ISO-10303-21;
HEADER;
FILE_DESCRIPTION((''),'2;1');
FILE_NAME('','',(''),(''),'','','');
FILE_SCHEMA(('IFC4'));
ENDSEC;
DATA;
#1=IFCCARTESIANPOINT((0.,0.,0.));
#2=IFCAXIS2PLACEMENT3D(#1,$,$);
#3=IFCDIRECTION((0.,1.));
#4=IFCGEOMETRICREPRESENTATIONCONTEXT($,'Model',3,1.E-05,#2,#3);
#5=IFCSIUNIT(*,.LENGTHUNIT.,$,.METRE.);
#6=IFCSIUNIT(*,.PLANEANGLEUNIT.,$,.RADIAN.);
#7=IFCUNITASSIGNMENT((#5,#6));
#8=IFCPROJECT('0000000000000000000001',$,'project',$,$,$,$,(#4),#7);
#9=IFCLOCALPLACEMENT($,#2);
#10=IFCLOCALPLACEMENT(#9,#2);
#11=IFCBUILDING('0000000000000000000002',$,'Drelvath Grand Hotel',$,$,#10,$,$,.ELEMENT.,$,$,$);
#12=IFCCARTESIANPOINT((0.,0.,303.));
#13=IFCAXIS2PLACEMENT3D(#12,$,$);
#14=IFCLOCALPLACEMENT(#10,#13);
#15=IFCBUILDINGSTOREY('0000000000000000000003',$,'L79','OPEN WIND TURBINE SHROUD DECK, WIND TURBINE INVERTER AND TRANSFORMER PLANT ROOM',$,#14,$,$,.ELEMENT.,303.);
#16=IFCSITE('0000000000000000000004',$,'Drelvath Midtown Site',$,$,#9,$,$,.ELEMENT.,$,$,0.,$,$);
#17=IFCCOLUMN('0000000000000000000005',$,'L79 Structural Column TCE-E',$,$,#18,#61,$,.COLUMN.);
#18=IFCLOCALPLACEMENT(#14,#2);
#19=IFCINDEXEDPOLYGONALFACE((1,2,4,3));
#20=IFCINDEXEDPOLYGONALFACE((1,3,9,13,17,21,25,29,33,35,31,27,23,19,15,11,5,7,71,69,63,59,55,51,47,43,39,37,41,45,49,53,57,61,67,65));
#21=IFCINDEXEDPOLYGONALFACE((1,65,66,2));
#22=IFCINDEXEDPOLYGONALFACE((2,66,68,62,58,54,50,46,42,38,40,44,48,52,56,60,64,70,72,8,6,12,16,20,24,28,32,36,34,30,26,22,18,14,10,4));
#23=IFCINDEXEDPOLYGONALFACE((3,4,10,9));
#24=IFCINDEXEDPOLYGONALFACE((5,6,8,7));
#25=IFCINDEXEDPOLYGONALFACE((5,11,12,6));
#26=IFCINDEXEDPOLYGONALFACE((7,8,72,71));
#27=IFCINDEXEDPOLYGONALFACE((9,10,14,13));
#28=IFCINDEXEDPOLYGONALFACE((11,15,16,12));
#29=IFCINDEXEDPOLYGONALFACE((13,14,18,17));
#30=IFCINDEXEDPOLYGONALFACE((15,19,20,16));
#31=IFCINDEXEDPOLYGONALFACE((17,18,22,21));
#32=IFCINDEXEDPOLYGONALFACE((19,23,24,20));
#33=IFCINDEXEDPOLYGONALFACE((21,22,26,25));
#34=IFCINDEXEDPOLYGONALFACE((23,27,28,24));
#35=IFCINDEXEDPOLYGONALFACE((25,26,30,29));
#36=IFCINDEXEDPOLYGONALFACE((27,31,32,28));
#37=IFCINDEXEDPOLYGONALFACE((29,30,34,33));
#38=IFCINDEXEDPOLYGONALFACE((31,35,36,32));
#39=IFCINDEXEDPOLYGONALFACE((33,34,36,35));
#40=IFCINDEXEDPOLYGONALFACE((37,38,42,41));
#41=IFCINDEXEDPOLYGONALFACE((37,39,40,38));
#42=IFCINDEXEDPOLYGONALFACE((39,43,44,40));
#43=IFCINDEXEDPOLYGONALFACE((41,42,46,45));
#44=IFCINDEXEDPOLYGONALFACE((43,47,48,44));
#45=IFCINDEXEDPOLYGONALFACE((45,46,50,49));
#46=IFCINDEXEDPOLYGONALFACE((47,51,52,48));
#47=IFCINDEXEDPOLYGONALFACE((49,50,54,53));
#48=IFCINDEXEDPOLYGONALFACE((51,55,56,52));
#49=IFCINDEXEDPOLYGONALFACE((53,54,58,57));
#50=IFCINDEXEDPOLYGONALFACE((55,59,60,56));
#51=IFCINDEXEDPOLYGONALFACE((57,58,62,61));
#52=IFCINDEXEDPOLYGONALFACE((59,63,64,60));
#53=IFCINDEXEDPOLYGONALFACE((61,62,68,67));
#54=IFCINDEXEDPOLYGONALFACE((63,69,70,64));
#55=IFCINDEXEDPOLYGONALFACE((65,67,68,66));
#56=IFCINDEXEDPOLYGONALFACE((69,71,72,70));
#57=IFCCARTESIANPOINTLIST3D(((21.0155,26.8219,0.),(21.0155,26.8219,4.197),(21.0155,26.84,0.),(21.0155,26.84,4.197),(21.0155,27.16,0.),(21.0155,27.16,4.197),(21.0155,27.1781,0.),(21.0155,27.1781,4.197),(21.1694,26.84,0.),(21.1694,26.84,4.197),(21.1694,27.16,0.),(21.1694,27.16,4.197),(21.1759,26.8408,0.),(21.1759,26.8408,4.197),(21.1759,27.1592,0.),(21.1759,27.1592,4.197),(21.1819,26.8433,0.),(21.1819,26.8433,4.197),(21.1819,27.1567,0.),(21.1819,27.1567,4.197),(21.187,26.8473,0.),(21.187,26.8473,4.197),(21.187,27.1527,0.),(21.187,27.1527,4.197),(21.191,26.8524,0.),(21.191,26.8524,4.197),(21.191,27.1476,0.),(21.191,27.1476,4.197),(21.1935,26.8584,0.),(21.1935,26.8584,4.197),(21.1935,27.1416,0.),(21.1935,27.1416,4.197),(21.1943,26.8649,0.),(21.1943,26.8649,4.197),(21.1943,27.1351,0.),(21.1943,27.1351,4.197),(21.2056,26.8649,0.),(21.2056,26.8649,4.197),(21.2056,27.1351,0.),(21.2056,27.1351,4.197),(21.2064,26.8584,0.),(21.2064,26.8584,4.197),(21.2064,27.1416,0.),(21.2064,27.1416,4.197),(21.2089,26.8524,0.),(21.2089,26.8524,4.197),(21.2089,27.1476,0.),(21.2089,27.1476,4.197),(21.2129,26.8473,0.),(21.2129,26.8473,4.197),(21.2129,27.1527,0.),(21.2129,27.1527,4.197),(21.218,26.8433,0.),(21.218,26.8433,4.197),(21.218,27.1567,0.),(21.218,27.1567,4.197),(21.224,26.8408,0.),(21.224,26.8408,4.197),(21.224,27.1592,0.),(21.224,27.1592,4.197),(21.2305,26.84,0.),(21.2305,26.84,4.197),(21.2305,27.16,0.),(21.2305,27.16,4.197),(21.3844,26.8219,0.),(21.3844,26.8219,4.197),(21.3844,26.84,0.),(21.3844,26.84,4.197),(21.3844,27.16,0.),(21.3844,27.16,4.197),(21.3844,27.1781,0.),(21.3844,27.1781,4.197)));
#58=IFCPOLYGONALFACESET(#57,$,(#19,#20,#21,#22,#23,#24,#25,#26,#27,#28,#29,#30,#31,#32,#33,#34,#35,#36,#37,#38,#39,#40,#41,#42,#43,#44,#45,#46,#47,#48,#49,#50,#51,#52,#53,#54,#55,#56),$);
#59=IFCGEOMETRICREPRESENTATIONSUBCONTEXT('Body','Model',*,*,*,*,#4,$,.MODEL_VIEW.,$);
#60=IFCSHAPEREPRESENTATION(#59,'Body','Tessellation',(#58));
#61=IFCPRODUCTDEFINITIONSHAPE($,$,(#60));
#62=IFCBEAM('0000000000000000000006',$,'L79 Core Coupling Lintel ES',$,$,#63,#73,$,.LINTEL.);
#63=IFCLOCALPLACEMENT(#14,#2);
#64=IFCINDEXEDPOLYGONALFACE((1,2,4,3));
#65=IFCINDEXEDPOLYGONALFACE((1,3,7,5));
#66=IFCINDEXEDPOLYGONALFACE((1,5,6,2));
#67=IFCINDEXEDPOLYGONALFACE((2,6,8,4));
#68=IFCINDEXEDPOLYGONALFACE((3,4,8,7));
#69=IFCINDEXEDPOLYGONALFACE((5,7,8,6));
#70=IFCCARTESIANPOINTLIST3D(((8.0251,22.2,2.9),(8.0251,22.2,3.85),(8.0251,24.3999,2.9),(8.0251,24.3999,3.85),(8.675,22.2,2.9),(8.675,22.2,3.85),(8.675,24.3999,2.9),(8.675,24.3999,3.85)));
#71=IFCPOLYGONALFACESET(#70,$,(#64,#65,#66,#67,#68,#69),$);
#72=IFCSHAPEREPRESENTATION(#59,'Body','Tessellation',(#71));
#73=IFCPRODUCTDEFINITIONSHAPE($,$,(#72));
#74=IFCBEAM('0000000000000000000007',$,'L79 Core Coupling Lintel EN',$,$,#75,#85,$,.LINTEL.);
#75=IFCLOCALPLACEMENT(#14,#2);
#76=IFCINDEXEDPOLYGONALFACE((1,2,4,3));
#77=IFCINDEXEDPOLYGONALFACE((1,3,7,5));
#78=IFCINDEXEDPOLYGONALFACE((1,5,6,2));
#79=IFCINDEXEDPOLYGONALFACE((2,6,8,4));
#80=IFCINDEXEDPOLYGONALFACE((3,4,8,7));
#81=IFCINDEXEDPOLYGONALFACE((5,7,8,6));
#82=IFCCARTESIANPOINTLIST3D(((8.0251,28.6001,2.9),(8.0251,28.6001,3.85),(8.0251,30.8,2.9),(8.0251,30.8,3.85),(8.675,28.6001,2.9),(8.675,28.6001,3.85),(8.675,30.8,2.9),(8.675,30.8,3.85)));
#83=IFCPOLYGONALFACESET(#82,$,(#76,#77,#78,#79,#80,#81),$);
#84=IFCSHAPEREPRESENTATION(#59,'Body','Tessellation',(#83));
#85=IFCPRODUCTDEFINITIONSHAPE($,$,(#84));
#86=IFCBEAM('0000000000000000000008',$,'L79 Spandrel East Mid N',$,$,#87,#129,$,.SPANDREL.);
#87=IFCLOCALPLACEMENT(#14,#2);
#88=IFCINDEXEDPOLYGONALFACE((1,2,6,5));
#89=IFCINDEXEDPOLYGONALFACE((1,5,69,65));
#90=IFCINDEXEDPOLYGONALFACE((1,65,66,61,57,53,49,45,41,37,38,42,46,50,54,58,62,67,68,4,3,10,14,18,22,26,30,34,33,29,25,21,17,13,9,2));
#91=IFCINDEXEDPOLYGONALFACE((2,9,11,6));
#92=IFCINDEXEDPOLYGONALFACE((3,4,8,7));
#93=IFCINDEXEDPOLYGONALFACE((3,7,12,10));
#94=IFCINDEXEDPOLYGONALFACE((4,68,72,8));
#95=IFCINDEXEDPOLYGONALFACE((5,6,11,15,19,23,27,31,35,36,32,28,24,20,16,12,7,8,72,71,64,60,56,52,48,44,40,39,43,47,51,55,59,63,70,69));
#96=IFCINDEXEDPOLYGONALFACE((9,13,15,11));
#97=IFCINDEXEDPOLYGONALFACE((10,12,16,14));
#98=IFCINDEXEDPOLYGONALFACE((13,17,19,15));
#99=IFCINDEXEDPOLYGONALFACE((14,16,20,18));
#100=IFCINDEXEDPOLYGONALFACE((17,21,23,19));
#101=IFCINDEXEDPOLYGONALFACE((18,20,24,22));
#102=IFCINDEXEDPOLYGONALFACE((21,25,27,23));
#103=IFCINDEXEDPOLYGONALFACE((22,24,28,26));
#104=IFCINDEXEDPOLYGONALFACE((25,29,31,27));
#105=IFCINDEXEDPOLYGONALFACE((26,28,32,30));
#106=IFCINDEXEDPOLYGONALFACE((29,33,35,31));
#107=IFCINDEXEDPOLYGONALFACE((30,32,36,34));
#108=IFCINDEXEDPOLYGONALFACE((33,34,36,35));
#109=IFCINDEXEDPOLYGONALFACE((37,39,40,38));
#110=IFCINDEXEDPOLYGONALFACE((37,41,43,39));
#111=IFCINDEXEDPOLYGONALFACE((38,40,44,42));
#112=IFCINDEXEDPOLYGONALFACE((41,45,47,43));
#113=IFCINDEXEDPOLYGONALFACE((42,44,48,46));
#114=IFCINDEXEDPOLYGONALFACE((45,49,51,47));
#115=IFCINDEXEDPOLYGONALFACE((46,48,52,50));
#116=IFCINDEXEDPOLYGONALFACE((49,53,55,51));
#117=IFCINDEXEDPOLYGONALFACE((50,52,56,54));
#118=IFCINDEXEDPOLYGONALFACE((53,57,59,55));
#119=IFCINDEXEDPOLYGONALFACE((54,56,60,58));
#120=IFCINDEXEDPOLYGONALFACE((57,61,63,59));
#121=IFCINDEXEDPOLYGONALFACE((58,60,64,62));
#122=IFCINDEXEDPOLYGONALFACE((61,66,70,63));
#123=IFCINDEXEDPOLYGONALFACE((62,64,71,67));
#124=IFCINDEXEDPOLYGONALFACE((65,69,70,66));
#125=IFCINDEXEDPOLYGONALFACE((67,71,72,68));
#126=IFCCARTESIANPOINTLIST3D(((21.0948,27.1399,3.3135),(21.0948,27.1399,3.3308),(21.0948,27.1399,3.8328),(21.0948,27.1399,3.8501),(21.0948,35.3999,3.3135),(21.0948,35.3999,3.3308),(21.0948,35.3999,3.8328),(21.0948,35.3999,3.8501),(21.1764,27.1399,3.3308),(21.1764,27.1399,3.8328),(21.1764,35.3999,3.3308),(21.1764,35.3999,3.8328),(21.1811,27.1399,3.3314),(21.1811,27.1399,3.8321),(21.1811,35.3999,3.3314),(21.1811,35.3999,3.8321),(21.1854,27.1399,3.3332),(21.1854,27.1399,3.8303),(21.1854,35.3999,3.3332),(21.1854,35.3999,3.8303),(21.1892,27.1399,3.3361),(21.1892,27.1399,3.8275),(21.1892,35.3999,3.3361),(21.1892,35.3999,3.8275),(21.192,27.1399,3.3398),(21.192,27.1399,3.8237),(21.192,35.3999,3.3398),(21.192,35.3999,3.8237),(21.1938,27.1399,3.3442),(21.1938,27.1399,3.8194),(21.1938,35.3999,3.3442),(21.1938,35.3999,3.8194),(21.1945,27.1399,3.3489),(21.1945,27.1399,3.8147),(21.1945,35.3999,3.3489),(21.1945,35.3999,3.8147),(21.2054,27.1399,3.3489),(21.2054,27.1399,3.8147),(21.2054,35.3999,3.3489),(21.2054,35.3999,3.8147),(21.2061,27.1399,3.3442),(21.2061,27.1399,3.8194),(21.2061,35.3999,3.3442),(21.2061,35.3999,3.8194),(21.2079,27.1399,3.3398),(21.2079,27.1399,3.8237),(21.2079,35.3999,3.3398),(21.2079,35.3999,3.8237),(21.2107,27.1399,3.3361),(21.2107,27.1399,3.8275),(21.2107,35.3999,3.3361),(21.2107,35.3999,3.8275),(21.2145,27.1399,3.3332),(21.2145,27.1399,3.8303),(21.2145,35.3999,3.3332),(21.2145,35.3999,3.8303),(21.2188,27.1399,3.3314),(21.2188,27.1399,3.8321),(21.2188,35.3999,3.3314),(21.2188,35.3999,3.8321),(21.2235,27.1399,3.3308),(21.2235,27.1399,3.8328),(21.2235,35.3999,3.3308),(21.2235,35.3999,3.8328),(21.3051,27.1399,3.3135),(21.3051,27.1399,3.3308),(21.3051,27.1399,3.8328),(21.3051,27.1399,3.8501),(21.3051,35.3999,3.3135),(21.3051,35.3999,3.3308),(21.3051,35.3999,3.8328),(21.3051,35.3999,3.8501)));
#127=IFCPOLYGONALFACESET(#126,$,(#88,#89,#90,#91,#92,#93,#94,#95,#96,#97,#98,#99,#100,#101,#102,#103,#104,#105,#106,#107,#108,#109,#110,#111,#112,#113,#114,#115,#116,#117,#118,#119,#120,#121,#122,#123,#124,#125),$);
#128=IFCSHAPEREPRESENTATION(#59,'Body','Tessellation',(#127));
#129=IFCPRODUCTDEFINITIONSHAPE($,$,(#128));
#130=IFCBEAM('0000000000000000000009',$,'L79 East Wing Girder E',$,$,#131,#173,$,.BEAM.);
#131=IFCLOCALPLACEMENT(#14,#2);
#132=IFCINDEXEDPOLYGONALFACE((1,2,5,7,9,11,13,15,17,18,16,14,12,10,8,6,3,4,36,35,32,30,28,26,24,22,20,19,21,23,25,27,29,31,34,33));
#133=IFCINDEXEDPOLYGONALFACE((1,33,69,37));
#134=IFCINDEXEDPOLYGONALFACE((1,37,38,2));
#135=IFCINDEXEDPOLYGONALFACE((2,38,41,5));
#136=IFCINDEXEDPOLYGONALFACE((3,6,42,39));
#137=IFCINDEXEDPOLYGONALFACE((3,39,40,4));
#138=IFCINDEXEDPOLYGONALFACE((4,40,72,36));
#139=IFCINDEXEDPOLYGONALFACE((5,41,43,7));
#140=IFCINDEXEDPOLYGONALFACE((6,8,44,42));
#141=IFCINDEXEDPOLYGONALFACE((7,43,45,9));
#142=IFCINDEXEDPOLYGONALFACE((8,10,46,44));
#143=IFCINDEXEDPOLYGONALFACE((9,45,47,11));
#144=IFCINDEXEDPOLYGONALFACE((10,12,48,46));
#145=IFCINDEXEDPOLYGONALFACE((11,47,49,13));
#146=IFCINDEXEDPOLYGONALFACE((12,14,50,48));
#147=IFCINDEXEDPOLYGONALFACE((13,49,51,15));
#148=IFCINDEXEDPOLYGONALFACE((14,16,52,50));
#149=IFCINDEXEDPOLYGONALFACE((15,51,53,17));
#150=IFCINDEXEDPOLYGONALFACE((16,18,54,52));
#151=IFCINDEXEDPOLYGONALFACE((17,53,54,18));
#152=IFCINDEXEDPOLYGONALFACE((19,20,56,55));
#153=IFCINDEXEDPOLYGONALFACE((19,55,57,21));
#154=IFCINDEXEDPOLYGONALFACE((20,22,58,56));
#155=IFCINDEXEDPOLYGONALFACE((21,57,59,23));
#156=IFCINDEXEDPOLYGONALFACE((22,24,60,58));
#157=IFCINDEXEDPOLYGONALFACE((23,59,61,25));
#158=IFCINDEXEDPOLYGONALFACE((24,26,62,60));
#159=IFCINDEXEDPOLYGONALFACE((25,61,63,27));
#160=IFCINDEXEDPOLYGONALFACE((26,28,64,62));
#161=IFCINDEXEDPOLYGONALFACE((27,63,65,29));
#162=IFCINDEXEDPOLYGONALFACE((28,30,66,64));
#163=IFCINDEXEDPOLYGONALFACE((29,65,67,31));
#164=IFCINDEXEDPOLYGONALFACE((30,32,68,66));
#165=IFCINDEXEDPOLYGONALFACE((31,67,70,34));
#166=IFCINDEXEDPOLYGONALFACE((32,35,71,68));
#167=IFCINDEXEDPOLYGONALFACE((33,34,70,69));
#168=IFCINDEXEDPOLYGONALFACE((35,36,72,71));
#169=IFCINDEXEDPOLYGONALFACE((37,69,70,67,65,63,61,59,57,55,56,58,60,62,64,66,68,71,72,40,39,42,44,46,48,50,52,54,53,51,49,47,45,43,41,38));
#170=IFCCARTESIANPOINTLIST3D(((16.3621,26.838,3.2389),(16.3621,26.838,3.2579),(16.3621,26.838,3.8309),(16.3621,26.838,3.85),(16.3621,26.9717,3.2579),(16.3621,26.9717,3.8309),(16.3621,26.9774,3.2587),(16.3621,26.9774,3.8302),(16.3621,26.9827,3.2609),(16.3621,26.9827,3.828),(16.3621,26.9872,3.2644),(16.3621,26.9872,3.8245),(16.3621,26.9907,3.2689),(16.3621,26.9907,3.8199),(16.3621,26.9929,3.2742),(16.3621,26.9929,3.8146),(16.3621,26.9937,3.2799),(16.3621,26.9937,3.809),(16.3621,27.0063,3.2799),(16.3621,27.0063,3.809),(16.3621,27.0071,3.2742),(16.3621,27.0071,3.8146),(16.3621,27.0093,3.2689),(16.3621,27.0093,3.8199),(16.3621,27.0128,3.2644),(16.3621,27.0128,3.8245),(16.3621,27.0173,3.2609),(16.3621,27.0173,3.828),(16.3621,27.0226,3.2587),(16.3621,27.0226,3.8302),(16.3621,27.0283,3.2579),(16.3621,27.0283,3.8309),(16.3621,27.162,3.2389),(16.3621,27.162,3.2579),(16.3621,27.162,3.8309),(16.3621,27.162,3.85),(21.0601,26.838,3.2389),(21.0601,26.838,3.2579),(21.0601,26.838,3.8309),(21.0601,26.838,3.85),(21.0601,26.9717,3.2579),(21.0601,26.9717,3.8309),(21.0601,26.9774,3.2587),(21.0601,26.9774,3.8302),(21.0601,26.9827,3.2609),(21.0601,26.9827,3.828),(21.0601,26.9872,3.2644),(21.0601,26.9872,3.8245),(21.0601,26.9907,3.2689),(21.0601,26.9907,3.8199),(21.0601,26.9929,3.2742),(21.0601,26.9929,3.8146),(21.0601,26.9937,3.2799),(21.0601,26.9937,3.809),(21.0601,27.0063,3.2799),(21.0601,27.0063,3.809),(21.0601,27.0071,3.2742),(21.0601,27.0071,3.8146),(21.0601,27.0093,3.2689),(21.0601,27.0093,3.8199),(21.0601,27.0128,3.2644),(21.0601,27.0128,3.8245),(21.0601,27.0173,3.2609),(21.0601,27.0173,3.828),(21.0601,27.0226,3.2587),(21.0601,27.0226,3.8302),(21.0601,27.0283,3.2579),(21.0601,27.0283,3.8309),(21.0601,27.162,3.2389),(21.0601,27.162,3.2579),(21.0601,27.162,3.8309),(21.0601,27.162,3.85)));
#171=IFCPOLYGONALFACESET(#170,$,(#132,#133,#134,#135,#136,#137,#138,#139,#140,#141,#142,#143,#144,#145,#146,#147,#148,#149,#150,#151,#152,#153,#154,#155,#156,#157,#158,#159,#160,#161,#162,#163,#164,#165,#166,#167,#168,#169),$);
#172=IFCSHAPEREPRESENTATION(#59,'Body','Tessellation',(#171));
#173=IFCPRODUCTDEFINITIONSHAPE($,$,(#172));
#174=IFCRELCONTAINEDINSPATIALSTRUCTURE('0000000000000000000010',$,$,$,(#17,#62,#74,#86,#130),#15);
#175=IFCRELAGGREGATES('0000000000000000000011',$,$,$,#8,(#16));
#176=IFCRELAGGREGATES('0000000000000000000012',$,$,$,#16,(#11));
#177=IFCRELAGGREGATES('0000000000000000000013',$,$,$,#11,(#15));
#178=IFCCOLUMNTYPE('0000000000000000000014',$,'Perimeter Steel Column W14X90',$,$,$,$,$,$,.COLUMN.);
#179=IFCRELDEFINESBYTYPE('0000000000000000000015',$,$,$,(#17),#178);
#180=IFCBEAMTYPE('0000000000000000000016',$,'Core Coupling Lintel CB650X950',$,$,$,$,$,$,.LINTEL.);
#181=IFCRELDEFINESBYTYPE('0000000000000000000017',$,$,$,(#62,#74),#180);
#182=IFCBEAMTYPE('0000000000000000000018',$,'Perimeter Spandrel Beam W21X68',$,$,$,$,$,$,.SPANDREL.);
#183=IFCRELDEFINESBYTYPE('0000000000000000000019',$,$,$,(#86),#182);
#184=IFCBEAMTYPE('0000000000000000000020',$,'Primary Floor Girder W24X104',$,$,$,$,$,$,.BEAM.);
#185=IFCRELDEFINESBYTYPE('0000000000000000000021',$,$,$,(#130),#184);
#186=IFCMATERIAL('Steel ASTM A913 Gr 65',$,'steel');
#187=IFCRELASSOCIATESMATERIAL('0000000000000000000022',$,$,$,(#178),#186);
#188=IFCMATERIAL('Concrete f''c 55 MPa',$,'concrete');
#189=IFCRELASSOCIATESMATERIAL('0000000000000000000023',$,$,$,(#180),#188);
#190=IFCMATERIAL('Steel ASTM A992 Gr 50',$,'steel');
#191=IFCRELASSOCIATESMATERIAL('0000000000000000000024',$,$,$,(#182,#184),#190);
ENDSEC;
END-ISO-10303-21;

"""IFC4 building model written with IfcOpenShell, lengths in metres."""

from ifc_helpers import new_model, si_unit, direction, frame, origin, origin_2d, place, context, subcontext, project, spatial, rectangle, i_section, extrude, material, material_profile, profile_set, type_object, element, save


model = new_model("IFC4")

# Units and contexts
model_context = context("Model", 3, precision=1e-05, world=origin(), true_north=direction((0.0, 1.0)))
body_context = subcontext(model_context, "Body", "Model", "MODEL_VIEW")
ifc_project = project(units=[si_unit("LENGTHUNIT", "METRE"), si_unit("PLANEANGLEUNIT", "RADIAN")], contexts=[model_context])

# Site, building, storey
site_placement = place(None, origin())
site = spatial("IfcSite", under=ifc_project, at=site_placement, Name="Drelvath Midtown Site", CompositionType="ELEMENT", RefElevation=0.0)
building_placement = place(site_placement, origin())
building = spatial("IfcBuilding", under=site, at=building_placement, Name="Drelvath Grand Hotel", CompositionType="ELEMENT")
storey_placement = place(building_placement, frame((0.0, 0.0, 303.0)))
storey = spatial("IfcBuildingStorey", under=building, at=storey_placement, Name="L79", Description="OPEN WIND TURBINE SHROUD DECK, WIND TURBINE INVERTER AND TRANSFORMER PLANT ROOM", CompositionType="ELEMENT", Elevation=303.0)

# Column
ifc_material_1 = material(Name="Steel ASTM A913 Gr 65", Category="steel")
ifc_material_profile_1 = material_profile(ifc_material_1, i_section(OverallWidth=0.3689, OverallDepth=0.3562, WebThickness=0.0112, FlangeThickness=0.0181, FilletRadius=0.0249, at=origin_2d()), Name="W14X90")
ifc_profile_set_1 = profile_set([ifc_material_profile_1], Name="Steel ASTM A913 Gr 65")
column_type = type_object("IfcColumnType", Name="Perimeter Steel Column W14X90", PredefinedType="COLUMN", material=ifc_profile_set_1)
column_placement = place(storey_placement, frame((21.2, 27.0, 0.0), z_axis=(0.0, 0.0, 1.0), x_axis=(1.0, 0.0, 0.0)))
element("IfcColumn", 1, at=column_placement, inside=storey, type_object=column_type, Name="L79 Structural Column TCE-E", PredefinedType="COLUMN", context=body_context, shape_type="SweptSolid", body=[
    extrude(i_section(OverallWidth=0.3689, OverallDepth=0.3562, WebThickness=0.0112, FlangeThickness=0.0181, FilletRadius=0.0249, at=origin_2d()), origin(), (0.0, 0.0, 1.0), 4.197),
])

# Beams
ifc_material_2 = material(Name="Concrete f'c 55 MPa", Category="concrete")
ifc_material_profile_2 = material_profile(ifc_material_2, rectangle(XDim=0.6499, YDim=0.95, at=origin_2d()), Name="CB650X950")
ifc_profile_set_2 = profile_set([ifc_material_profile_2], Name="Concrete f'c 55 MPa")
beam_type_1 = type_object("IfcBeamType", Name="Core Coupling Lintel CB650X950", PredefinedType="LINTEL", material=ifc_profile_set_2)
for number, where, z_axis, x_axis, name in (
    (2, (8.3501, 22.2, 3.375), (0.0, 1.0, 0.0), (-1.0, 0.0, 0.0), "L79 Core Coupling Lintel ES"),
    (3, (8.3501, 28.6001, 3.375), (0.0, 1.0, 0.0), (-1.0, 0.0, 0.0), "L79 Core Coupling Lintel EN"),
):
    element("IfcBeam", number, at=place(storey_placement, frame(where, z_axis=z_axis, x_axis=x_axis)), inside=storey, type_object=beam_type_1, Name=name, PredefinedType="LINTEL", context=body_context, shape_type="SweptSolid", body=[
        extrude(rectangle(XDim=0.6499, YDim=0.95, at=origin_2d()), origin(), (0.0, 0.0, 1.0), 2.2),
    ])
ifc_material_3 = material(Name="Steel ASTM A992 Gr 50", Category="steel")
ifc_material_profile_3 = material_profile(ifc_material_3, i_section(OverallWidth=0.2102, OverallDepth=0.5366, WebThickness=0.011, FlangeThickness=0.0173, FilletRadius=0.0181, at=origin_2d()), Name="W21X68")
ifc_profile_set_3 = profile_set([ifc_material_profile_3], Name="Steel ASTM A992 Gr 50")
beam_type_2 = type_object("IfcBeamType", Name="Perimeter Spandrel Beam W21X68", PredefinedType="SPANDREL", material=ifc_profile_set_3)
beam_1_placement = place(storey_placement, frame((21.2, 27.1399, 3.5818), z_axis=(0.0, 1.0, 0.0), x_axis=(-1.0, 0.0, 0.0)))
element("IfcBeam", 4, at=beam_1_placement, inside=storey, type_object=beam_type_2, Name="L79 Spandrel East Mid N", PredefinedType="SPANDREL", context=body_context, shape_type="SweptSolid", body=[
    extrude(i_section(OverallWidth=0.2102, OverallDepth=0.5366, WebThickness=0.011, FlangeThickness=0.0173, FilletRadius=0.0181, at=origin_2d()), origin(), (0.0, 0.0, 1.0), 8.26),
])
ifc_material_profile_4 = material_profile(ifc_material_3, i_section(OverallWidth=0.324, OverallDepth=0.6111, WebThickness=0.0127, FlangeThickness=0.019, FilletRadius=0.022, at=origin_2d()), Name="W24X104")
ifc_profile_set_4 = profile_set([ifc_material_profile_4], Name="Steel ASTM A992 Gr 50")
beam_type_3 = type_object("IfcBeamType", Name="Primary Floor Girder W24X104", PredefinedType="BEAM", material=ifc_profile_set_4)
beam_2_placement = place(storey_placement, frame((16.3621, 27.0, 3.5444), z_axis=(1.0, 0.0, 0.0), x_axis=(0.0, 1.0, 0.0)))
element("IfcBeam", 5, at=beam_2_placement, inside=storey, type_object=beam_type_3, Name="L79 East Wing Girder E", PredefinedType="BEAM", context=body_context, shape_type="SweptSolid", body=[
    extrude(i_section(OverallWidth=0.324, OverallDepth=0.6111, WebThickness=0.0127, FlangeThickness=0.019, FilletRadius=0.022, at=origin_2d()), origin(), (0.0, 0.0, 1.0), 4.698),
])

save(model, "model.ifc")
